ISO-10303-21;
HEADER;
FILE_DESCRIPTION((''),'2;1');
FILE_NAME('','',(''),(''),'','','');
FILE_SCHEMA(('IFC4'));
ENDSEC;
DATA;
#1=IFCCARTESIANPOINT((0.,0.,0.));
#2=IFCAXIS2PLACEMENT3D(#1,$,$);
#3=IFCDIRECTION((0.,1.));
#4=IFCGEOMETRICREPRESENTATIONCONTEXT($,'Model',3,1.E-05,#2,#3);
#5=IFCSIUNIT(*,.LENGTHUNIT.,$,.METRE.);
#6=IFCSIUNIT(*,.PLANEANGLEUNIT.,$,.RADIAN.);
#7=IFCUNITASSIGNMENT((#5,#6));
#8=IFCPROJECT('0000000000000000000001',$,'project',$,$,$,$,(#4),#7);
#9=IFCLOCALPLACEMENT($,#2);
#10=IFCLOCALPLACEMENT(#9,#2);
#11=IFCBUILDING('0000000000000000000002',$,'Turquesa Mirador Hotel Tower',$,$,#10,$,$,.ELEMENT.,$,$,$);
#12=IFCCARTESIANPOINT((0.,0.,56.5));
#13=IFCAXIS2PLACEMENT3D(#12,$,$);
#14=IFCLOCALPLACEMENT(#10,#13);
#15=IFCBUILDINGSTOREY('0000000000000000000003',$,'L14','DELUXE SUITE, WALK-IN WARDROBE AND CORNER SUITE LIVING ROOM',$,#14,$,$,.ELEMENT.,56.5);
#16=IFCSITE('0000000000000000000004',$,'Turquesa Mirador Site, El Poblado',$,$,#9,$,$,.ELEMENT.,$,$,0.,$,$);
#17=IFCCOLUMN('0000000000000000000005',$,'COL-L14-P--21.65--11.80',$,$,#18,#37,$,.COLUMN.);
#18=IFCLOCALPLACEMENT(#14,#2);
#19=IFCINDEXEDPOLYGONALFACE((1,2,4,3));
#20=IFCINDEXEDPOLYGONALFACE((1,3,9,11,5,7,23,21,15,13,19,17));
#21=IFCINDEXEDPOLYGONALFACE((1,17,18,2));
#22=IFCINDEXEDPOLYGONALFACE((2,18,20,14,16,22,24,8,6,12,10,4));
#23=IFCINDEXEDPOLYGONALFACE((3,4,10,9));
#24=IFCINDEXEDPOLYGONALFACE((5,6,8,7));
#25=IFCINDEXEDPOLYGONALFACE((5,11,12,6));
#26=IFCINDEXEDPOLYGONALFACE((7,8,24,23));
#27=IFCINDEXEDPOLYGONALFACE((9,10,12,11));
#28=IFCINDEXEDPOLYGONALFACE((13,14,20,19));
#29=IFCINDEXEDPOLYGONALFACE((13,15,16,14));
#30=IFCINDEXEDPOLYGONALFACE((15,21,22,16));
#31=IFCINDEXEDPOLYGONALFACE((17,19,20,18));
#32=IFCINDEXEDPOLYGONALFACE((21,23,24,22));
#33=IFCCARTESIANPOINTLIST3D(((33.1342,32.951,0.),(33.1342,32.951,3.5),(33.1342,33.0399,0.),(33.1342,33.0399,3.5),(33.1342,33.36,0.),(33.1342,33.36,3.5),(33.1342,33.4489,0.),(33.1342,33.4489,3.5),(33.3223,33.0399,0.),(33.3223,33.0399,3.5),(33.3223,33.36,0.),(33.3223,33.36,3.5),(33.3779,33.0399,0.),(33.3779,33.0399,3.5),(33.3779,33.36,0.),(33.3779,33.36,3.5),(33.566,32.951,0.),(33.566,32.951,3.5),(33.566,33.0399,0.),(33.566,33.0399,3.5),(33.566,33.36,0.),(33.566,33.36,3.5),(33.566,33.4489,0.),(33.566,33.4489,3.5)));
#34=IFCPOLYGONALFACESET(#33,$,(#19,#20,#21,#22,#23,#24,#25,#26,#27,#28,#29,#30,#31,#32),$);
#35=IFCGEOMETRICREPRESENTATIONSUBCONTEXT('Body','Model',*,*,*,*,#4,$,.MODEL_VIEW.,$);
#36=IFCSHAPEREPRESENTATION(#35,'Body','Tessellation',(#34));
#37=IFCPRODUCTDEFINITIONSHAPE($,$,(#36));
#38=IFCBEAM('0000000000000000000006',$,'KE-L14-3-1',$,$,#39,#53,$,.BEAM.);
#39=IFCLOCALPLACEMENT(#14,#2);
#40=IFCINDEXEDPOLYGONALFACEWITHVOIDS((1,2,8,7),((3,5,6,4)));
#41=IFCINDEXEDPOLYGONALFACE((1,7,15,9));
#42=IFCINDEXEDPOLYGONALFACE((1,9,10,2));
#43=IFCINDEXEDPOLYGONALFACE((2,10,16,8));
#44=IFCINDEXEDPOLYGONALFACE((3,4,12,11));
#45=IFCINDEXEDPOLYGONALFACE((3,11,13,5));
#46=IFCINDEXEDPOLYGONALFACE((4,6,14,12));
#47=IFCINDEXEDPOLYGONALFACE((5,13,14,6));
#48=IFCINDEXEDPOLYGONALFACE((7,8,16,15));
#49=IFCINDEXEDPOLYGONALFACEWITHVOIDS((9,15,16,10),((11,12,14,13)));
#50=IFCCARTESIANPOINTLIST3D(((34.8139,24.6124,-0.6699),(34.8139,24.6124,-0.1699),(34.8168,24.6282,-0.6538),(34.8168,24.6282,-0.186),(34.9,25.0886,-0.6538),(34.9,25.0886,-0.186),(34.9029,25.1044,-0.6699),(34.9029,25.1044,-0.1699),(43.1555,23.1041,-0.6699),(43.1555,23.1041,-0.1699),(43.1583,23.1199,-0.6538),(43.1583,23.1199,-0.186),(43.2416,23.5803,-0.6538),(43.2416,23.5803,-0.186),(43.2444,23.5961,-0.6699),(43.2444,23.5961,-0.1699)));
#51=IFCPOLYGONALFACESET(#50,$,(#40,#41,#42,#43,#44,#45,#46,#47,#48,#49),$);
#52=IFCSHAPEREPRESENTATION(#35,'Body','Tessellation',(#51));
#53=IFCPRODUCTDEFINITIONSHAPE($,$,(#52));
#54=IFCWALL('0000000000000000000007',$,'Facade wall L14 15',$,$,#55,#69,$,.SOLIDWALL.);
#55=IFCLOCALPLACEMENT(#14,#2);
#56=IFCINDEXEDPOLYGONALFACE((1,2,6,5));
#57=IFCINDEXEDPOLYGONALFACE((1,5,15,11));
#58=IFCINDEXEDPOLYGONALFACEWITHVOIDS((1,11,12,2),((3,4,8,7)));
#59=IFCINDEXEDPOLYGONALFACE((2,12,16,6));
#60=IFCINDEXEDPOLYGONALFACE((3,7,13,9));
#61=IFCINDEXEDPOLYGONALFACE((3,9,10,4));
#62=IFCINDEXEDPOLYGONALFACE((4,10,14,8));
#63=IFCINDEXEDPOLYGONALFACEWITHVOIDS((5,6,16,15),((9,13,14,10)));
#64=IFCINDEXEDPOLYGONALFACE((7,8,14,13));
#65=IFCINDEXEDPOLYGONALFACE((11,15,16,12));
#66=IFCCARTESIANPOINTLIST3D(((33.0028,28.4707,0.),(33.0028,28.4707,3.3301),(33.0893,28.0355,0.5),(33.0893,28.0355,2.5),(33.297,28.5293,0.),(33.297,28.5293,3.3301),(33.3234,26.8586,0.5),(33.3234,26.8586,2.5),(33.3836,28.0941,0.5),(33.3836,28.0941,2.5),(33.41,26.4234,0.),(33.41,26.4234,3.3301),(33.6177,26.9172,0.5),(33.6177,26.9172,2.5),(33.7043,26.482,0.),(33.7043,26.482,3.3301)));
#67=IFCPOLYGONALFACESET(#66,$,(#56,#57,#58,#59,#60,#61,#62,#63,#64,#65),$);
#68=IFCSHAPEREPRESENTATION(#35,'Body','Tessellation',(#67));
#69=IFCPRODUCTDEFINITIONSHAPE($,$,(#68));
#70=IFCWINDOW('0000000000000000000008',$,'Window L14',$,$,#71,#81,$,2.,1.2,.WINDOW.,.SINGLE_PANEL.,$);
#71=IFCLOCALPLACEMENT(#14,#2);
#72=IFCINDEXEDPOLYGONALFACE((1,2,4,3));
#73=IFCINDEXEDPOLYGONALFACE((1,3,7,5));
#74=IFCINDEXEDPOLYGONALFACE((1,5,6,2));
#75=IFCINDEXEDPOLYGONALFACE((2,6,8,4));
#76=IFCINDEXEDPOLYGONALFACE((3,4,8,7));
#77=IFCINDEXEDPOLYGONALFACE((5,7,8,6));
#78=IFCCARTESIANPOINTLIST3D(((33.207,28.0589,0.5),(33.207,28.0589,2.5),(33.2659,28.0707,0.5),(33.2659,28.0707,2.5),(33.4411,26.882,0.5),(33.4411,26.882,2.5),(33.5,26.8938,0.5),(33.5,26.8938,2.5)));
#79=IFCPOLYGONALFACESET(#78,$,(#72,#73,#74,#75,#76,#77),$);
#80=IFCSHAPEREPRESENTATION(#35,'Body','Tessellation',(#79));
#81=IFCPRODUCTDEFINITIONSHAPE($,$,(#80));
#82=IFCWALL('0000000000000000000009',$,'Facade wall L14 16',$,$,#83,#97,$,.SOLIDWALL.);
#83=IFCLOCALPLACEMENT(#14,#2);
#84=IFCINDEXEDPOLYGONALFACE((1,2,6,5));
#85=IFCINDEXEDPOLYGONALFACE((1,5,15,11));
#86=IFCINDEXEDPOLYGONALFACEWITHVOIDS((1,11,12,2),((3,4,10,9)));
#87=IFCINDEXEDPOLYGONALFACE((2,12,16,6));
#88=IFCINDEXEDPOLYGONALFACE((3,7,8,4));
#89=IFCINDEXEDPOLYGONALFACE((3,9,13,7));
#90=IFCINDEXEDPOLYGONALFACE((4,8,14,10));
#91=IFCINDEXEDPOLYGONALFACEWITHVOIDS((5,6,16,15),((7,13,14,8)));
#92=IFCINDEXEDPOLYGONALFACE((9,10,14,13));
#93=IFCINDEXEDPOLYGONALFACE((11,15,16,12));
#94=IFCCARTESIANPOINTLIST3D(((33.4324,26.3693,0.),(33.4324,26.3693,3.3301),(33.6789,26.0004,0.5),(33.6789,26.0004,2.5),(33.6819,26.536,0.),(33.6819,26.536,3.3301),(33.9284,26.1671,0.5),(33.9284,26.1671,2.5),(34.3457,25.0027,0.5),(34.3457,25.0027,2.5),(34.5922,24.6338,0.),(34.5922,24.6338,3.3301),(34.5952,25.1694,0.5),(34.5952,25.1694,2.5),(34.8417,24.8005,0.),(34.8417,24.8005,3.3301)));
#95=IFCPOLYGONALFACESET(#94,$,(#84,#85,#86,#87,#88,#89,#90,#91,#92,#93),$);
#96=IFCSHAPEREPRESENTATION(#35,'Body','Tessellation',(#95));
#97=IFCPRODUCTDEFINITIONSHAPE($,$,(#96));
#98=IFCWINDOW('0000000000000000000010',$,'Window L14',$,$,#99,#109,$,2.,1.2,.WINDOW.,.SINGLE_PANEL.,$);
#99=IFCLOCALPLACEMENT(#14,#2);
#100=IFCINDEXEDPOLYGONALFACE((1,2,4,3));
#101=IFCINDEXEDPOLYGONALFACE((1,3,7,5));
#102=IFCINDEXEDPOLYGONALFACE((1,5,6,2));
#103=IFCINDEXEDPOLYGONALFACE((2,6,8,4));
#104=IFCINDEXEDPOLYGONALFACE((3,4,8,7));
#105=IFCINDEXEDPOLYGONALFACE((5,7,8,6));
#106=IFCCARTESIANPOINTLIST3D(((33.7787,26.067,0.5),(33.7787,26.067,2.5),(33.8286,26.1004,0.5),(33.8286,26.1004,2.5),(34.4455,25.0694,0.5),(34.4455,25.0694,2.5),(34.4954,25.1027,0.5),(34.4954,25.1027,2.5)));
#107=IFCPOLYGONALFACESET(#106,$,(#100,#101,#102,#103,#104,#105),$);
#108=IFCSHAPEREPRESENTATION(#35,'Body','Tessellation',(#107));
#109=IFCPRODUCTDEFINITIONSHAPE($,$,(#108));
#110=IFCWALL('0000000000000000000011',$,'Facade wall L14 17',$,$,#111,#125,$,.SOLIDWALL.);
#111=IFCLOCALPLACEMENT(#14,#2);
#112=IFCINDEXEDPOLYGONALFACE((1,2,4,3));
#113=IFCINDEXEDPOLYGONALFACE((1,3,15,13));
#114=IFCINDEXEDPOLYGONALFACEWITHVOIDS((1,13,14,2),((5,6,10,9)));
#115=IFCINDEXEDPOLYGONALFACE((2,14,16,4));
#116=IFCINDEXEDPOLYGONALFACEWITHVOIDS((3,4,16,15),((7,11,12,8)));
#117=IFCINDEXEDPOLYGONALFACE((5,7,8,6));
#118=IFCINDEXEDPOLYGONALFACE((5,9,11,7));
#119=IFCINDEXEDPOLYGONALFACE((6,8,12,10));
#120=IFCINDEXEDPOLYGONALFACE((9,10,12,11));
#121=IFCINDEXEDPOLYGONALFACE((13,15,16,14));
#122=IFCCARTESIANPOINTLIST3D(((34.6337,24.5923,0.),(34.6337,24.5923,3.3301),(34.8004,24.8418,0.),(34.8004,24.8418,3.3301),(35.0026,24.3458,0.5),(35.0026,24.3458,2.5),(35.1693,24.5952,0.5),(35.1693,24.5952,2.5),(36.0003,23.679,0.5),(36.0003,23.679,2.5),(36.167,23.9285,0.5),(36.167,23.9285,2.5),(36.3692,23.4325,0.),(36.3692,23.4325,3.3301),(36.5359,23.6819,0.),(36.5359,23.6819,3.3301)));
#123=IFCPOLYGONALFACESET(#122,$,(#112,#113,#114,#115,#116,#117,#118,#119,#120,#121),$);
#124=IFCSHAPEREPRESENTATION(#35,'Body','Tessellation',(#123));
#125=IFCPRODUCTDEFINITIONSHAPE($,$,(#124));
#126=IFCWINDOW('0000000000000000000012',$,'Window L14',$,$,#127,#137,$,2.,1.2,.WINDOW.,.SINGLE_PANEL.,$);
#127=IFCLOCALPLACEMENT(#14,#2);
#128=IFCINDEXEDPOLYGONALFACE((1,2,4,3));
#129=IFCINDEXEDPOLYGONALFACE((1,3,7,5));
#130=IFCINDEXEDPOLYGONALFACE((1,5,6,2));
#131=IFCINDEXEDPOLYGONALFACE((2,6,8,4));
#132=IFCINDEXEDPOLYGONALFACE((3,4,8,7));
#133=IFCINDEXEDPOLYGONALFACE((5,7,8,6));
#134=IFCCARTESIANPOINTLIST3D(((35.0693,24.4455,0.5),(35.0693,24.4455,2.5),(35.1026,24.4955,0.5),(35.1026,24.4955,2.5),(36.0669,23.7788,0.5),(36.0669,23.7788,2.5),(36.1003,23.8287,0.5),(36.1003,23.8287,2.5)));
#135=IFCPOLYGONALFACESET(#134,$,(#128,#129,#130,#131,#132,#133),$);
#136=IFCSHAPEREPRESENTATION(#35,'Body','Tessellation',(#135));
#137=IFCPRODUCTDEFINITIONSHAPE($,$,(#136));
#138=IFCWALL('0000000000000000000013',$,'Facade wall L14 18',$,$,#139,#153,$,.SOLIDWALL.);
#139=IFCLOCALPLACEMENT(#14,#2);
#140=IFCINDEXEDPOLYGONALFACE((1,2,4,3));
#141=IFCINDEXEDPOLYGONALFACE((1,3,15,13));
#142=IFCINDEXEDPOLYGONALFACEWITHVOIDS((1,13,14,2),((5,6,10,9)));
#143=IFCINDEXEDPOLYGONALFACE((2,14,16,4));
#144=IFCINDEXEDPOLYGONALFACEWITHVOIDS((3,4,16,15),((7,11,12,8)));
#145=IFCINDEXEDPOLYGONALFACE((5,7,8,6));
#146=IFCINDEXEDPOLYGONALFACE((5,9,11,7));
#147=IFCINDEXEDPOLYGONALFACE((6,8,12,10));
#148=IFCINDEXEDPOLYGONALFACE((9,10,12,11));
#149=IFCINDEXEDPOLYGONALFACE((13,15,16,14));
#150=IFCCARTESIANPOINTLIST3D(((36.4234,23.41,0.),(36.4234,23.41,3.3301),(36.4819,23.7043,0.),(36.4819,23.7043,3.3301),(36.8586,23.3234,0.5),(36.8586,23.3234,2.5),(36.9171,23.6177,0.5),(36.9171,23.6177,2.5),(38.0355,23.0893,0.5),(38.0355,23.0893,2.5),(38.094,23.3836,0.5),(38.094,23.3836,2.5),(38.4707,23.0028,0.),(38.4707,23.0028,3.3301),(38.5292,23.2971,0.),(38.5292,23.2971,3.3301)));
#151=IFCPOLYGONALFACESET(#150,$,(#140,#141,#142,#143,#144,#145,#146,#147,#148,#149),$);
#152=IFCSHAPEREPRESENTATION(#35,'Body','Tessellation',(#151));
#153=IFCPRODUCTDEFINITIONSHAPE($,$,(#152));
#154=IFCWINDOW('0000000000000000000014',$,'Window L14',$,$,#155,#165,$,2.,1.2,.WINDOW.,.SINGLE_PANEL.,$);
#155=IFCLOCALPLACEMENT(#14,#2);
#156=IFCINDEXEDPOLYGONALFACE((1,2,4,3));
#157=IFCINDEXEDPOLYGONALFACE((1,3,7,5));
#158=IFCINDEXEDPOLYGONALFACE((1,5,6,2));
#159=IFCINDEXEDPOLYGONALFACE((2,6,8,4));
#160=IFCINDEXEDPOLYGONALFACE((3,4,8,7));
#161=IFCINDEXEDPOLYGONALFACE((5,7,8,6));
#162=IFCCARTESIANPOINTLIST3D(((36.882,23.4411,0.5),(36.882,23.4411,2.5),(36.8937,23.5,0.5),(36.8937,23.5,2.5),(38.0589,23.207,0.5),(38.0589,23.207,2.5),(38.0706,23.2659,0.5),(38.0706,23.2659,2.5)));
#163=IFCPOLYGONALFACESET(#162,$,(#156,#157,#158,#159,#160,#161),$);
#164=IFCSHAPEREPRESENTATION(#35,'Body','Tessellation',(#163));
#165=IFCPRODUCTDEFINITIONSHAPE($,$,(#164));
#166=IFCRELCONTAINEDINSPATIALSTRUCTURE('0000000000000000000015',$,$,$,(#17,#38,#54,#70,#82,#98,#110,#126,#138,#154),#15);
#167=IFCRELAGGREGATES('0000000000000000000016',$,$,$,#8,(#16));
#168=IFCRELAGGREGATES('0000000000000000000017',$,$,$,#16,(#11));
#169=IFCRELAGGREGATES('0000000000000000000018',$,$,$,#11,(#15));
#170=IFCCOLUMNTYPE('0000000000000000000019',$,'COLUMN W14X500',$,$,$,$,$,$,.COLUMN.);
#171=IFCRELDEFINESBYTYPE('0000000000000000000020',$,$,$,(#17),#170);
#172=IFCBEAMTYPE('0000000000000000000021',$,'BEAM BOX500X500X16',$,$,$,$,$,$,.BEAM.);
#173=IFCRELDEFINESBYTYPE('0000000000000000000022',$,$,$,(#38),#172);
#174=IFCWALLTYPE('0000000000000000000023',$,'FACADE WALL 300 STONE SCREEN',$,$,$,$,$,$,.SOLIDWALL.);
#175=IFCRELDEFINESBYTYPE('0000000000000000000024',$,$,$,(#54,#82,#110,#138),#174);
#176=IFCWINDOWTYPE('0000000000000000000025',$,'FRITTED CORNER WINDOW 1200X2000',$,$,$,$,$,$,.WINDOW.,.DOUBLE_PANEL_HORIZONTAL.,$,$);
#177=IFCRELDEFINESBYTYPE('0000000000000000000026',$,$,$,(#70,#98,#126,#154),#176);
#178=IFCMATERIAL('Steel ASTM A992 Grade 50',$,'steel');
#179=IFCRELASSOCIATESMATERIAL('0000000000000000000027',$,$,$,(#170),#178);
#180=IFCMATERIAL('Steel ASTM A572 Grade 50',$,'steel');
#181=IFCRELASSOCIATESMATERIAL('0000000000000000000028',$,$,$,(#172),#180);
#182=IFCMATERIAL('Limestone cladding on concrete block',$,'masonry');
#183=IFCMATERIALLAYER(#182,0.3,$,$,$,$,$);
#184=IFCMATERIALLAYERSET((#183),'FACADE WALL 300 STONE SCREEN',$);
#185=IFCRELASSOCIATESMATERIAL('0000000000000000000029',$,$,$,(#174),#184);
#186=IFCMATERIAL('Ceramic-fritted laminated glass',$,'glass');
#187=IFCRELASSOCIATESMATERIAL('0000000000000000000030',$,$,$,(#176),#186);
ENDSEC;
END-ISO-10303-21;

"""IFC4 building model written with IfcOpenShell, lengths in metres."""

from ifc_helpers import new_model, si_unit, direction, frame, frame_2d, origin, origin_2d, place, context, subcontext, project, spatial, rectangle, hollow_rectangle, i_section, extrude, material, layer, layer_set, material_profile, profile_set, type_object, element, fill, save


model = new_model("IFC4")

# Units and contexts
model_context = context("Model", 3, precision=1e-05, world=origin(), true_north=direction((0.0, 1.0)))
body_context = subcontext(model_context, "Body", "Model", "MODEL_VIEW")
ifc_project = project(units=[si_unit("LENGTHUNIT", "METRE"), si_unit("PLANEANGLEUNIT", "RADIAN")], contexts=[model_context])

# Site, building, storey
site_placement = place(None, origin())
site = spatial("IfcSite", under=ifc_project, at=site_placement, Name="Turquesa Mirador Site, El Poblado", CompositionType="ELEMENT", RefElevation=0.0)
building_placement = place(site_placement, origin())
building = spatial("IfcBuilding", under=site, at=building_placement, Name="Turquesa Mirador Hotel Tower", CompositionType="ELEMENT")
storey_placement = place(building_placement, frame((0.0, 0.0, 56.5)))
storey = spatial("IfcBuildingStorey", under=building, at=storey_placement, Name="L14", Description="DELUXE SUITE, WALK-IN WARDROBE AND CORNER SUITE LIVING ROOM", CompositionType="ELEMENT", Elevation=56.5)

# Column
ifc_material_1 = material(Name="Steel ASTM A992 Grade 50", Category="steel")
ifc_material_profile_1 = material_profile(ifc_material_1, i_section(OverallWidth=0.4319, OverallDepth=0.4978, WebThickness=0.0557, FlangeThickness=0.0889, at=origin_2d()), Name="W14X500")
ifc_profile_set_1 = profile_set([ifc_material_profile_1], Name="Steel ASTM A992 Grade 50")
column_type = type_object("IfcColumnType", Name="COLUMN W14X500", PredefinedType="COLUMN", material=ifc_profile_set_1)
column_placement = place(storey_placement, frame((33.3501, 33.2, 0.0), z_axis=(0.0, 0.0, 1.0), x_axis=(1.0, 0.0, 0.0)))
element("IfcColumn", 1, at=column_placement, inside=storey, type_object=column_type, Name="COL-L14-P--21.65--11.80", PredefinedType="COLUMN", context=body_context, shape_type="SweptSolid", body=[
    extrude(i_section(OverallWidth=0.4319, OverallDepth=0.4978, WebThickness=0.0557, FlangeThickness=0.0889, at=origin_2d()), origin(), (0.0, 0.0, 1.0), 3.5),
])

# Beam
ifc_material_2 = material(Name="Steel ASTM A572 Grade 50", Category="steel")
ifc_material_profile_2 = material_profile(ifc_material_2, hollow_rectangle(XDim=0.5, YDim=0.5, WallThickness=0.0161, at=origin_2d()), Name="BOX500X500X16")
ifc_profile_set_2 = profile_set([ifc_material_profile_2], Name="Steel ASTM A572 Grade 50")
beam_type = type_object("IfcBeamType", Name="BEAM BOX500X500X16", PredefinedType="BEAM", material=ifc_profile_set_2)
beam_placement = place(storey_placement, frame((34.8584, 24.8584, -0.4199), z_axis=(0.984043, -0.177932, 0.0), x_axis=(0.177932, 0.984043, 0.0)))
element("IfcBeam", 2, at=beam_placement, inside=storey, type_object=beam_type, Name="KE-L14-3-1", PredefinedType="BEAM", context=body_context, shape_type="SweptSolid", body=[
    extrude(hollow_rectangle(XDim=0.5, YDim=0.5, WallThickness=0.0161, at=origin_2d()), origin(), (0.0, 0.0, 1.0), 8.4768),
])

# Walls, openings, windows
ifc_material_3 = material(Name="Limestone cladding on concrete block", Category="masonry")
ifc_layer_1 = layer(ifc_material_3, 0.3)
ifc_layer_set_1 = layer_set([ifc_layer_1], Name="FACADE WALL 300 STONE SCREEN")
wall_type_1 = type_object("IfcWallType", Name="FACADE WALL 300 STONE SCREEN", PredefinedType="SOLIDWALL", material=ifc_layer_set_1)
wall_1_placement = place(storey_placement, frame((33.1499, 28.5, 0.0), z_axis=(0.0, 0.0, 1.0), x_axis=(0.195081, -0.980787, 0.0)))
wall_1 = element("IfcWall", 3, at=wall_1_placement, inside=storey, type_object=wall_type_1, Name="Facade wall L14 15", PredefinedType="SOLIDWALL", context=body_context, shape_type="SweptSolid", body=[
    extrude(rectangle(XDim=2.0874, YDim=0.3, at=frame_2d((1.0437, 0.0))), origin(), (0.0, 0.0, 1.0), 3.3301),
])
opening_1_placement = place(wall_1_placement, frame((0.4436, 0.0, 0.5)))
opening_1 = element("IfcOpeningElement", 4, at=opening_1_placement, cuts=wall_1, PredefinedType="OPENING", context=body_context, shape_type="SweptSolid", body=[
    extrude(rectangle(XDim=1.2, YDim=2.0, at=frame_2d((0.6001, 1.0))), frame((0.0, 0.1599, 0.0), z_axis=(0.0, -1.0, 0.0), x_axis=(1.0, 0.0, 0.0)), (0.0, 0.0, 1.0), 0.3201),
])
ifc_material_4 = material(Name="Ceramic-fritted laminated glass", Category="glass")
window_type_1 = type_object("IfcWindowType", Name="FRITTED CORNER WINDOW 1200X2000", PartitioningType="DOUBLE_PANEL_HORIZONTAL", PredefinedType="WINDOW", material=ifc_material_4)
window_1_placement = place(opening_1_placement, origin())
window_1 = element("IfcWindow", 5, at=window_1_placement, inside=storey, type_object=window_type_1, Name="Window L14", OverallHeight=2.0, OverallWidth=1.2, PartitioningType="SINGLE_PANEL", PredefinedType="WINDOW", context=body_context, shape_type="SweptSolid", body=[
    extrude(rectangle(XDim=1.2, YDim=2.0, at=frame_2d((0.6001, 1.0))), frame((0.0, 0.03, 0.0), z_axis=(0.0, -1.0, 0.0), x_axis=(1.0, 0.0, 0.0)), (0.0, 0.0, 1.0), 0.0601),
])
fill(opening_1, window_1)
wall_2_placement = place(storey_placement, frame((33.5571, 26.4526, 0.0), z_axis=(0.0, 0.0, 1.0), x_axis=(0.555644, -0.83142, 0.0)))
wall_2 = element("IfcWall", 6, at=wall_2_placement, inside=storey, type_object=wall_type_1, Name="Facade wall L14 16", PredefinedType="SOLIDWALL", context=body_context, shape_type="SweptSolid", body=[
    extrude(rectangle(XDim=2.0874, YDim=0.3, at=frame_2d((1.0437, 0.0))), origin(), (0.0, 0.0, 1.0), 3.3301),
])
opening_2_placement = place(wall_2_placement, frame((0.4436, 0.0, 0.5)))
opening_2 = element("IfcOpeningElement", 7, at=opening_2_placement, cuts=wall_2, PredefinedType="OPENING", context=body_context, shape_type="SweptSolid", body=[
    extrude(rectangle(XDim=1.2, YDim=2.0, at=frame_2d((0.6001, 1.0))), frame((0.0, 0.1599, 0.0), z_axis=(0.0, -1.0, 0.0), x_axis=(1.0, 0.0, 0.0)), (0.0, 0.0, 1.0), 0.3201),
])
window_2_placement = place(opening_2_placement, origin())
window_2 = element("IfcWindow", 8, at=window_2_placement, inside=storey, type_object=window_type_1, Name="Window L14", OverallHeight=2.0, OverallWidth=1.2, PartitioningType="SINGLE_PANEL", PredefinedType="WINDOW", context=body_context, shape_type="SweptSolid", body=[
    extrude(rectangle(XDim=1.2, YDim=2.0, at=frame_2d((0.6001, 1.0))), frame((0.0, 0.03, 0.0), z_axis=(0.0, -1.0, 0.0), x_axis=(1.0, 0.0, 0.0)), (0.0, 0.0, 1.0), 0.0601),
])
fill(opening_2, window_2)
wall_3_placement = place(storey_placement, frame((34.717, 24.717, 0.0), z_axis=(0.0, 0.0, 1.0), x_axis=(0.83142, -0.555644, 0.0)))
wall_3 = element("IfcWall", 9, at=wall_3_placement, inside=storey, type_object=wall_type_1, Name="Facade wall L14 17", PredefinedType="SOLIDWALL", context=body_context, shape_type="SweptSolid", body=[
    extrude(rectangle(XDim=2.0874, YDim=0.3, at=frame_2d((1.0437, 0.0))), origin(), (0.0, 0.0, 1.0), 3.3301),
])
opening_3_placement = place(wall_3_placement, frame((0.4436, 0.0, 0.5)))
opening_3 = element("IfcOpeningElement", 10, at=opening_3_placement, cuts=wall_3, PredefinedType="OPENING", context=body_context, shape_type="SweptSolid", body=[
    extrude(rectangle(XDim=1.2, YDim=2.0, at=frame_2d((0.6001, 1.0))), frame((0.0, 0.1599, 0.0), z_axis=(0.0, -1.0, 0.0), x_axis=(1.0, 0.0, 0.0)), (0.0, 0.0, 1.0), 0.3201),
])
window_3_placement = place(opening_3_placement, origin())
window_3 = element("IfcWindow", 11, at=window_3_placement, inside=storey, type_object=window_type_1, Name="Window L14", OverallHeight=2.0, OverallWidth=1.2, PartitioningType="SINGLE_PANEL", PredefinedType="WINDOW", context=body_context, shape_type="SweptSolid", body=[
    extrude(rectangle(XDim=1.2, YDim=2.0, at=frame_2d((0.6001, 1.0))), frame((0.0, 0.03, 0.0), z_axis=(0.0, -1.0, 0.0), x_axis=(1.0, 0.0, 0.0)), (0.0, 0.0, 1.0), 0.0601),
])
fill(opening_3, window_3)
wall_4_placement = place(storey_placement, frame((36.4526, 23.5571, 0.0), z_axis=(0.0, 0.0, 1.0), x_axis=(0.980787, -0.195081, 0.0)))
wall_4 = element("IfcWall", 12, at=wall_4_placement, inside=storey, type_object=wall_type_1, Name="Facade wall L14 18", PredefinedType="SOLIDWALL", context=body_context, shape_type="SweptSolid", body=[
    extrude(rectangle(XDim=2.0874, YDim=0.3, at=frame_2d((1.0437, 0.0))), origin(), (0.0, 0.0, 1.0), 3.3301),
])
opening_4_placement = place(wall_4_placement, frame((0.4436, 0.0, 0.5)))
opening_4 = element("IfcOpeningElement", 13, at=opening_4_placement, cuts=wall_4, PredefinedType="OPENING", context=body_context, shape_type="SweptSolid", body=[
    extrude(rectangle(XDim=1.2, YDim=2.0, at=frame_2d((0.6001, 1.0))), frame((0.0, 0.1599, 0.0), z_axis=(0.0, -1.0, 0.0), x_axis=(1.0, 0.0, 0.0)), (0.0, 0.0, 1.0), 0.3201),
])
window_4_placement = place(opening_4_placement, origin())
window_4 = element("IfcWindow", 14, at=window_4_placement, inside=storey, type_object=window_type_1, Name="Window L14", OverallHeight=2.0, OverallWidth=1.2, PartitioningType="SINGLE_PANEL", PredefinedType="WINDOW", context=body_context, shape_type="SweptSolid", body=[
    extrude(rectangle(XDim=1.2, YDim=2.0, at=frame_2d((0.6001, 1.0))), frame((0.0, 0.03, 0.0), z_axis=(0.0, -1.0, 0.0), x_axis=(1.0, 0.0, 0.0)), (0.0, 0.0, 1.0), 0.0601),
])
fill(opening_4, window_4)

save(model, "model.ifc")
